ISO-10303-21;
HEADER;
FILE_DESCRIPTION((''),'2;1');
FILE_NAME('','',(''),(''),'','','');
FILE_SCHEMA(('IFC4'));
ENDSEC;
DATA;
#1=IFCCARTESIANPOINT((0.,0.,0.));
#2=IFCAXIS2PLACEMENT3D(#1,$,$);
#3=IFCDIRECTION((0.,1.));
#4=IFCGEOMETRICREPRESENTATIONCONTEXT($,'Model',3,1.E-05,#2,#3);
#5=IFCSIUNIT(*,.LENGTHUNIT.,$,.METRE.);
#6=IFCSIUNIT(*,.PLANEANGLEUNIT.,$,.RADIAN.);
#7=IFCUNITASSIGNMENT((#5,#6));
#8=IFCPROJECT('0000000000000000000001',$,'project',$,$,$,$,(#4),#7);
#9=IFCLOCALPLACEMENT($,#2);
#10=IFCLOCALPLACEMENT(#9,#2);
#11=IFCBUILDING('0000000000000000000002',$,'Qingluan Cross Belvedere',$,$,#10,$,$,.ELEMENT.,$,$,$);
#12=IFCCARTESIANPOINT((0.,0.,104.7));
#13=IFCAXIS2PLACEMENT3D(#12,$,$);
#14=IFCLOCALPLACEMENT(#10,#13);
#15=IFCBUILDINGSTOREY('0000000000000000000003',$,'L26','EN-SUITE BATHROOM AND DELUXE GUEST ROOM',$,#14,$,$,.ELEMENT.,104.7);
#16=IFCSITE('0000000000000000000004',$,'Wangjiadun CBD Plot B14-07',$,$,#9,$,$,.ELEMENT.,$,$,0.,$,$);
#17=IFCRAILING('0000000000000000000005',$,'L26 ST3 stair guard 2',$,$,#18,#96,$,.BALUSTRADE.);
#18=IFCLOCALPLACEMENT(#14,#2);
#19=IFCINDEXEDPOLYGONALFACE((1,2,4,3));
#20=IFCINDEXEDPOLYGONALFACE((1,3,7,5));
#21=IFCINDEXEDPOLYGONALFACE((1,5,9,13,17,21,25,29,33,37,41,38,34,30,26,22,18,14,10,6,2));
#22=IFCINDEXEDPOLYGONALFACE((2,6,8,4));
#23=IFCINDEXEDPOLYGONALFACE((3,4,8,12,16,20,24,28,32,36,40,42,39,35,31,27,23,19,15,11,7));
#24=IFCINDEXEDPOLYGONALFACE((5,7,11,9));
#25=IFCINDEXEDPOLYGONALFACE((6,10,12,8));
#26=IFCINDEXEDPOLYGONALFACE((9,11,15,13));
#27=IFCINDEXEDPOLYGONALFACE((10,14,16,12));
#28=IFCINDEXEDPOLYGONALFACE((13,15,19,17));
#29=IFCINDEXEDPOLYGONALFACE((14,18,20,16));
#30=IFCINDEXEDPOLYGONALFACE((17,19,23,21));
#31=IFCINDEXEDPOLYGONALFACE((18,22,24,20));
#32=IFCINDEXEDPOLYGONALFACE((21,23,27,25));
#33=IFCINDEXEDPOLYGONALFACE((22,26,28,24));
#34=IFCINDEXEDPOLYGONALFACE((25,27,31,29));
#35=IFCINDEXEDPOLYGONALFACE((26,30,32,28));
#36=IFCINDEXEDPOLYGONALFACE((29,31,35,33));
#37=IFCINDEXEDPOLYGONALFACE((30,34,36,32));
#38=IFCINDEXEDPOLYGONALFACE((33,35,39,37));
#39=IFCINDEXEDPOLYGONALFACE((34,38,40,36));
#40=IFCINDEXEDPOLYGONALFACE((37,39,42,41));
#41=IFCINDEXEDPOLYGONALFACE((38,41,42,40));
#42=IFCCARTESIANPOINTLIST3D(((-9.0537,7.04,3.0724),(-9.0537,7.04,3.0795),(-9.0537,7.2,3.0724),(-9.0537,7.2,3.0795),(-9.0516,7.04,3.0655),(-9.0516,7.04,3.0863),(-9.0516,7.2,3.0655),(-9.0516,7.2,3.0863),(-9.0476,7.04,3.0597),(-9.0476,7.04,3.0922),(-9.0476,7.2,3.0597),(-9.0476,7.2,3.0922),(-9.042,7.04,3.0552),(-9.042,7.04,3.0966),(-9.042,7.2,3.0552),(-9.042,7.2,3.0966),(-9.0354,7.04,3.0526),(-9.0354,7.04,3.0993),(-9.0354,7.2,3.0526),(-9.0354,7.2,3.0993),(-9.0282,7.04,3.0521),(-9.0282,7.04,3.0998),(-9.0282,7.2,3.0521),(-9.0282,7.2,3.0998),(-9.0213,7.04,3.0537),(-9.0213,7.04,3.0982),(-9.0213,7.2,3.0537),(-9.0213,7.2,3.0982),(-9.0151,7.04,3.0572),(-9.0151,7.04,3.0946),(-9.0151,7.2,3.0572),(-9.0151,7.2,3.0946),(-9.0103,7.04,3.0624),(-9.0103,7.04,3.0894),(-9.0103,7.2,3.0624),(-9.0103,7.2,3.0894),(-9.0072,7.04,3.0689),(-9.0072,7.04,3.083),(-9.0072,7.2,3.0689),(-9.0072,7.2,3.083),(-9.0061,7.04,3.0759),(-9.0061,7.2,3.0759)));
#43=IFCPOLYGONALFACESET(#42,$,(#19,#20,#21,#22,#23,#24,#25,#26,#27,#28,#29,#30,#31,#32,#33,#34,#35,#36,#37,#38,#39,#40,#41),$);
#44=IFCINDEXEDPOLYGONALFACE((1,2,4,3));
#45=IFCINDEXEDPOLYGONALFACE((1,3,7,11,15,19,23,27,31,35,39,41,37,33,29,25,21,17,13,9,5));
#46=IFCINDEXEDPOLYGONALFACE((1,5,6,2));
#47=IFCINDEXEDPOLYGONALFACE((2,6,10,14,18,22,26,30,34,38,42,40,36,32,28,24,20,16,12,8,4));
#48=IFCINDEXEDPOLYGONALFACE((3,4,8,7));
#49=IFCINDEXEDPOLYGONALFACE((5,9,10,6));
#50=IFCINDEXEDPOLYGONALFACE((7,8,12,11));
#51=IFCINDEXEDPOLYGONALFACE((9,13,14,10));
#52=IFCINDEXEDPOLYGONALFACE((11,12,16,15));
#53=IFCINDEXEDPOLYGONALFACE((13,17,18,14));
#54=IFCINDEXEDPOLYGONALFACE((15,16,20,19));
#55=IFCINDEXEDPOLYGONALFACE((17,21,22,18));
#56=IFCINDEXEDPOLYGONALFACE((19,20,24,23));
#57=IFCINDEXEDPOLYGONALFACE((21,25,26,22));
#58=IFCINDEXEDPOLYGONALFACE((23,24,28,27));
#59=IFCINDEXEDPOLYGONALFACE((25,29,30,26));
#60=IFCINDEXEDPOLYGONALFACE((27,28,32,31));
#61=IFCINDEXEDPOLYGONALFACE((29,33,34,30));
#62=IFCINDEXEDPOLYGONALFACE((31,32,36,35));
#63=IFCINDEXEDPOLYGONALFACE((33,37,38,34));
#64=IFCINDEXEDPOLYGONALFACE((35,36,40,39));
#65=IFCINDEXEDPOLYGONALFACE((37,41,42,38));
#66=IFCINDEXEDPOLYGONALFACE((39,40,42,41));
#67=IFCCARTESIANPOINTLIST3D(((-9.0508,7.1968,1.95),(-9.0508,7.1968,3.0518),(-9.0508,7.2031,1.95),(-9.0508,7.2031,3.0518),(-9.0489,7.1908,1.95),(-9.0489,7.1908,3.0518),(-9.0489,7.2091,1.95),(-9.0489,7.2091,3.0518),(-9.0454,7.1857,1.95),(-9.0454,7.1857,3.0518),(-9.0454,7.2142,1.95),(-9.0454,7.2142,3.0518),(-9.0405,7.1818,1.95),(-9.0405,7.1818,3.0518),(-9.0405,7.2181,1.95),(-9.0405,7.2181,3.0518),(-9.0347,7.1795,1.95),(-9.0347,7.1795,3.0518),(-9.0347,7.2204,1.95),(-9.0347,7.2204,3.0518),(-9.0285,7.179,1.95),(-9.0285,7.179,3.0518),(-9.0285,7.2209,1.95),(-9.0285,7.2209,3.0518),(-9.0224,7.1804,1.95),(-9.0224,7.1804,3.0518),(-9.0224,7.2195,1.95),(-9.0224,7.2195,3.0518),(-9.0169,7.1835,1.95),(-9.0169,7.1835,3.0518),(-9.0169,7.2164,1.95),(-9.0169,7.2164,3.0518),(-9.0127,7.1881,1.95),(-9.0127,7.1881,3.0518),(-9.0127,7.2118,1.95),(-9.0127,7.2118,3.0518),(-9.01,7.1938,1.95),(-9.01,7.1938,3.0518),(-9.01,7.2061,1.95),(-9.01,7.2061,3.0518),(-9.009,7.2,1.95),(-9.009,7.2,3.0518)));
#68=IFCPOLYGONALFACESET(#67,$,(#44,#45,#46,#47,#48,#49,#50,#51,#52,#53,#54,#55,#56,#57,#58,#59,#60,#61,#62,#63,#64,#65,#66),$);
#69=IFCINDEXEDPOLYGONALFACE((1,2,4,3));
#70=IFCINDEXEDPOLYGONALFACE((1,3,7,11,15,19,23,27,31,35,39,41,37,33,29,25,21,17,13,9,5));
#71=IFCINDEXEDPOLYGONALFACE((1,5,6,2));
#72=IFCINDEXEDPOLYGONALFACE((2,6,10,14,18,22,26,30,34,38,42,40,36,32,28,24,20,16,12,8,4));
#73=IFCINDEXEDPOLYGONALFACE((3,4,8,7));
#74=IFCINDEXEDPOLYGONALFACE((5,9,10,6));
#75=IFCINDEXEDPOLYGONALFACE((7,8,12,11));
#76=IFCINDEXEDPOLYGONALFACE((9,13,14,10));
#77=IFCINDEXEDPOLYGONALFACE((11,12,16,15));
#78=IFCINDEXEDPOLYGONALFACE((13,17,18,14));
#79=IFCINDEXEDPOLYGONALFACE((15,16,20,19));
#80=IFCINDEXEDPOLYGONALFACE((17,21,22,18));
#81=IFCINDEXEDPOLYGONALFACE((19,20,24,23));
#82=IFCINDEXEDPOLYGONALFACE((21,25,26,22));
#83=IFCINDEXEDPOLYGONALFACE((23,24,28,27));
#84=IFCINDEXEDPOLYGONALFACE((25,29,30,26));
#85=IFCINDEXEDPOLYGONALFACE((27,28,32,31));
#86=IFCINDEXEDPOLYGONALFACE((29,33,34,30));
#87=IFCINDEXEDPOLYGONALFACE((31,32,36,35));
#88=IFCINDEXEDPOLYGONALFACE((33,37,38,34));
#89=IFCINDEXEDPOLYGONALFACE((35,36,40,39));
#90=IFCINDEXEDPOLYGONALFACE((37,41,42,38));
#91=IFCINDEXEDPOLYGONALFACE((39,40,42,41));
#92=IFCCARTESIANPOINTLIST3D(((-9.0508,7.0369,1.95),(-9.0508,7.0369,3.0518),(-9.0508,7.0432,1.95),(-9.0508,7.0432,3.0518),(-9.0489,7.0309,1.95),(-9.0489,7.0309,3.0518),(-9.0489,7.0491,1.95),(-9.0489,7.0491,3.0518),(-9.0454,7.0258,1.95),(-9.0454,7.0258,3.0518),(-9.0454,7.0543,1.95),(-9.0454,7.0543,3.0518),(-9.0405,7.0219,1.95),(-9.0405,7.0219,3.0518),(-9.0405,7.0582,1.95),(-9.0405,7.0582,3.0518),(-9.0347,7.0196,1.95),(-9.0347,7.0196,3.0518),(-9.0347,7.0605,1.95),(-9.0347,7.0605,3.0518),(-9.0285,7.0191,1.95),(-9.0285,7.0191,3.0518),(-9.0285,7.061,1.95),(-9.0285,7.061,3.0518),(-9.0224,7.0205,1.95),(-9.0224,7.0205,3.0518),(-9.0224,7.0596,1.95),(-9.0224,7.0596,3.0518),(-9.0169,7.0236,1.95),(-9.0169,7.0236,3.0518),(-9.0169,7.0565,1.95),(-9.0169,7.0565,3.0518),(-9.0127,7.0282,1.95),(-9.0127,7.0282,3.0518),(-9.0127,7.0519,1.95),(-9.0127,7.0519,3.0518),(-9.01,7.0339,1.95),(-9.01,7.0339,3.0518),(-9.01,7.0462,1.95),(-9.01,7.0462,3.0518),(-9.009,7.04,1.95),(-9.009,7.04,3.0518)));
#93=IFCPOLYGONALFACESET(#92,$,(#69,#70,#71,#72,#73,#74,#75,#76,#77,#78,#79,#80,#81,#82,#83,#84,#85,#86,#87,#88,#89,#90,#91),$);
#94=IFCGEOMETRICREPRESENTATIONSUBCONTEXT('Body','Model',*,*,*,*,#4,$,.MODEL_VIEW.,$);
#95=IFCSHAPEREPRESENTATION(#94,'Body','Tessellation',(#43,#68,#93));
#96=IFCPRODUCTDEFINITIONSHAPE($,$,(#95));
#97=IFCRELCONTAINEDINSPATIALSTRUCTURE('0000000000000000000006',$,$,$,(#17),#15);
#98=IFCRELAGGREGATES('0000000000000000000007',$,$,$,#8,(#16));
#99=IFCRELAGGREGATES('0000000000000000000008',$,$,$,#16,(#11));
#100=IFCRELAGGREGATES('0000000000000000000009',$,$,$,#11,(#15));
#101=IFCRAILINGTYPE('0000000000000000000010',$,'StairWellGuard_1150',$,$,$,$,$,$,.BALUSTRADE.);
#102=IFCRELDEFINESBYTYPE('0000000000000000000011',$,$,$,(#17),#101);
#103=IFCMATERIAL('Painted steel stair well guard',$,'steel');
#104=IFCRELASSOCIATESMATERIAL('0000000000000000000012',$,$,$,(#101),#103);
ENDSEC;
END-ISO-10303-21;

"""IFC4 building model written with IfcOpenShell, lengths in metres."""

from ifc_helpers import new_model, si_unit, direction, frame, origin, origin_2d, place, context, subcontext, project, spatial, circle, extrude, material, type_object, element, save


model = new_model("IFC4")

# Units and contexts
model_context = context("Model", 3, precision=1e-05, world=origin(), true_north=direction((0.0, 1.0)))
body_context = subcontext(model_context, "Body", "Model", "MODEL_VIEW")
ifc_project = project(units=[si_unit("LENGTHUNIT", "METRE"), si_unit("PLANEANGLEUNIT", "RADIAN")], contexts=[model_context])

# Site, building, storey
site_placement = place(None, origin())
site = spatial("IfcSite", under=ifc_project, at=site_placement, Name="Wangjiadun CBD Plot B14-07", CompositionType="ELEMENT", RefElevation=0.0)
building_placement = place(site_placement, origin())
building = spatial("IfcBuilding", under=site, at=building_placement, Name="Qingluan Cross Belvedere", CompositionType="ELEMENT")
storey_placement = place(building_placement, frame((0.0, 0.0, 104.7)))
storey = spatial("IfcBuildingStorey", under=building, at=storey_placement, Name="L26", Description="EN-SUITE BATHROOM AND DELUXE GUEST ROOM", CompositionType="ELEMENT", Elevation=104.7)

# Railing
ifc_material_1 = material(Name="Painted steel stair well guard", Category="steel")
railing_type_1 = type_object("IfcRailingType", Name="StairWellGuard_1150", PredefinedType="BALUSTRADE", material=ifc_material_1)
railing_1_placement = place(storey_placement, frame((-9.03, 7.2, 1.95)))
element("IfcRailing", 1, at=railing_1_placement, inside=storey, type_object=railing_type_1, Name="L26 ST3 stair guard 2", PredefinedType="BALUSTRADE", context=body_context, shape_type="SweptSolid", body=[
    extrude(circle(Radius=0.0239, at=origin_2d()), frame((0.0, 0.0, 1.126), z_axis=(0.0, -1.0, 0.0), x_axis=(1.0, 0.0, 0.0)), (0.0, 0.0, 1.0), 0.1599),
    extrude(circle(Radius=0.021, at=origin_2d()), origin(), (0.0, 0.0, 1.0), 1.1018),
    extrude(circle(Radius=0.021, at=origin_2d()), frame((0.0, -0.1599, 0.0)), (0.0, 0.0, 1.0), 1.1018),
])

save(model, "model.ifc")
